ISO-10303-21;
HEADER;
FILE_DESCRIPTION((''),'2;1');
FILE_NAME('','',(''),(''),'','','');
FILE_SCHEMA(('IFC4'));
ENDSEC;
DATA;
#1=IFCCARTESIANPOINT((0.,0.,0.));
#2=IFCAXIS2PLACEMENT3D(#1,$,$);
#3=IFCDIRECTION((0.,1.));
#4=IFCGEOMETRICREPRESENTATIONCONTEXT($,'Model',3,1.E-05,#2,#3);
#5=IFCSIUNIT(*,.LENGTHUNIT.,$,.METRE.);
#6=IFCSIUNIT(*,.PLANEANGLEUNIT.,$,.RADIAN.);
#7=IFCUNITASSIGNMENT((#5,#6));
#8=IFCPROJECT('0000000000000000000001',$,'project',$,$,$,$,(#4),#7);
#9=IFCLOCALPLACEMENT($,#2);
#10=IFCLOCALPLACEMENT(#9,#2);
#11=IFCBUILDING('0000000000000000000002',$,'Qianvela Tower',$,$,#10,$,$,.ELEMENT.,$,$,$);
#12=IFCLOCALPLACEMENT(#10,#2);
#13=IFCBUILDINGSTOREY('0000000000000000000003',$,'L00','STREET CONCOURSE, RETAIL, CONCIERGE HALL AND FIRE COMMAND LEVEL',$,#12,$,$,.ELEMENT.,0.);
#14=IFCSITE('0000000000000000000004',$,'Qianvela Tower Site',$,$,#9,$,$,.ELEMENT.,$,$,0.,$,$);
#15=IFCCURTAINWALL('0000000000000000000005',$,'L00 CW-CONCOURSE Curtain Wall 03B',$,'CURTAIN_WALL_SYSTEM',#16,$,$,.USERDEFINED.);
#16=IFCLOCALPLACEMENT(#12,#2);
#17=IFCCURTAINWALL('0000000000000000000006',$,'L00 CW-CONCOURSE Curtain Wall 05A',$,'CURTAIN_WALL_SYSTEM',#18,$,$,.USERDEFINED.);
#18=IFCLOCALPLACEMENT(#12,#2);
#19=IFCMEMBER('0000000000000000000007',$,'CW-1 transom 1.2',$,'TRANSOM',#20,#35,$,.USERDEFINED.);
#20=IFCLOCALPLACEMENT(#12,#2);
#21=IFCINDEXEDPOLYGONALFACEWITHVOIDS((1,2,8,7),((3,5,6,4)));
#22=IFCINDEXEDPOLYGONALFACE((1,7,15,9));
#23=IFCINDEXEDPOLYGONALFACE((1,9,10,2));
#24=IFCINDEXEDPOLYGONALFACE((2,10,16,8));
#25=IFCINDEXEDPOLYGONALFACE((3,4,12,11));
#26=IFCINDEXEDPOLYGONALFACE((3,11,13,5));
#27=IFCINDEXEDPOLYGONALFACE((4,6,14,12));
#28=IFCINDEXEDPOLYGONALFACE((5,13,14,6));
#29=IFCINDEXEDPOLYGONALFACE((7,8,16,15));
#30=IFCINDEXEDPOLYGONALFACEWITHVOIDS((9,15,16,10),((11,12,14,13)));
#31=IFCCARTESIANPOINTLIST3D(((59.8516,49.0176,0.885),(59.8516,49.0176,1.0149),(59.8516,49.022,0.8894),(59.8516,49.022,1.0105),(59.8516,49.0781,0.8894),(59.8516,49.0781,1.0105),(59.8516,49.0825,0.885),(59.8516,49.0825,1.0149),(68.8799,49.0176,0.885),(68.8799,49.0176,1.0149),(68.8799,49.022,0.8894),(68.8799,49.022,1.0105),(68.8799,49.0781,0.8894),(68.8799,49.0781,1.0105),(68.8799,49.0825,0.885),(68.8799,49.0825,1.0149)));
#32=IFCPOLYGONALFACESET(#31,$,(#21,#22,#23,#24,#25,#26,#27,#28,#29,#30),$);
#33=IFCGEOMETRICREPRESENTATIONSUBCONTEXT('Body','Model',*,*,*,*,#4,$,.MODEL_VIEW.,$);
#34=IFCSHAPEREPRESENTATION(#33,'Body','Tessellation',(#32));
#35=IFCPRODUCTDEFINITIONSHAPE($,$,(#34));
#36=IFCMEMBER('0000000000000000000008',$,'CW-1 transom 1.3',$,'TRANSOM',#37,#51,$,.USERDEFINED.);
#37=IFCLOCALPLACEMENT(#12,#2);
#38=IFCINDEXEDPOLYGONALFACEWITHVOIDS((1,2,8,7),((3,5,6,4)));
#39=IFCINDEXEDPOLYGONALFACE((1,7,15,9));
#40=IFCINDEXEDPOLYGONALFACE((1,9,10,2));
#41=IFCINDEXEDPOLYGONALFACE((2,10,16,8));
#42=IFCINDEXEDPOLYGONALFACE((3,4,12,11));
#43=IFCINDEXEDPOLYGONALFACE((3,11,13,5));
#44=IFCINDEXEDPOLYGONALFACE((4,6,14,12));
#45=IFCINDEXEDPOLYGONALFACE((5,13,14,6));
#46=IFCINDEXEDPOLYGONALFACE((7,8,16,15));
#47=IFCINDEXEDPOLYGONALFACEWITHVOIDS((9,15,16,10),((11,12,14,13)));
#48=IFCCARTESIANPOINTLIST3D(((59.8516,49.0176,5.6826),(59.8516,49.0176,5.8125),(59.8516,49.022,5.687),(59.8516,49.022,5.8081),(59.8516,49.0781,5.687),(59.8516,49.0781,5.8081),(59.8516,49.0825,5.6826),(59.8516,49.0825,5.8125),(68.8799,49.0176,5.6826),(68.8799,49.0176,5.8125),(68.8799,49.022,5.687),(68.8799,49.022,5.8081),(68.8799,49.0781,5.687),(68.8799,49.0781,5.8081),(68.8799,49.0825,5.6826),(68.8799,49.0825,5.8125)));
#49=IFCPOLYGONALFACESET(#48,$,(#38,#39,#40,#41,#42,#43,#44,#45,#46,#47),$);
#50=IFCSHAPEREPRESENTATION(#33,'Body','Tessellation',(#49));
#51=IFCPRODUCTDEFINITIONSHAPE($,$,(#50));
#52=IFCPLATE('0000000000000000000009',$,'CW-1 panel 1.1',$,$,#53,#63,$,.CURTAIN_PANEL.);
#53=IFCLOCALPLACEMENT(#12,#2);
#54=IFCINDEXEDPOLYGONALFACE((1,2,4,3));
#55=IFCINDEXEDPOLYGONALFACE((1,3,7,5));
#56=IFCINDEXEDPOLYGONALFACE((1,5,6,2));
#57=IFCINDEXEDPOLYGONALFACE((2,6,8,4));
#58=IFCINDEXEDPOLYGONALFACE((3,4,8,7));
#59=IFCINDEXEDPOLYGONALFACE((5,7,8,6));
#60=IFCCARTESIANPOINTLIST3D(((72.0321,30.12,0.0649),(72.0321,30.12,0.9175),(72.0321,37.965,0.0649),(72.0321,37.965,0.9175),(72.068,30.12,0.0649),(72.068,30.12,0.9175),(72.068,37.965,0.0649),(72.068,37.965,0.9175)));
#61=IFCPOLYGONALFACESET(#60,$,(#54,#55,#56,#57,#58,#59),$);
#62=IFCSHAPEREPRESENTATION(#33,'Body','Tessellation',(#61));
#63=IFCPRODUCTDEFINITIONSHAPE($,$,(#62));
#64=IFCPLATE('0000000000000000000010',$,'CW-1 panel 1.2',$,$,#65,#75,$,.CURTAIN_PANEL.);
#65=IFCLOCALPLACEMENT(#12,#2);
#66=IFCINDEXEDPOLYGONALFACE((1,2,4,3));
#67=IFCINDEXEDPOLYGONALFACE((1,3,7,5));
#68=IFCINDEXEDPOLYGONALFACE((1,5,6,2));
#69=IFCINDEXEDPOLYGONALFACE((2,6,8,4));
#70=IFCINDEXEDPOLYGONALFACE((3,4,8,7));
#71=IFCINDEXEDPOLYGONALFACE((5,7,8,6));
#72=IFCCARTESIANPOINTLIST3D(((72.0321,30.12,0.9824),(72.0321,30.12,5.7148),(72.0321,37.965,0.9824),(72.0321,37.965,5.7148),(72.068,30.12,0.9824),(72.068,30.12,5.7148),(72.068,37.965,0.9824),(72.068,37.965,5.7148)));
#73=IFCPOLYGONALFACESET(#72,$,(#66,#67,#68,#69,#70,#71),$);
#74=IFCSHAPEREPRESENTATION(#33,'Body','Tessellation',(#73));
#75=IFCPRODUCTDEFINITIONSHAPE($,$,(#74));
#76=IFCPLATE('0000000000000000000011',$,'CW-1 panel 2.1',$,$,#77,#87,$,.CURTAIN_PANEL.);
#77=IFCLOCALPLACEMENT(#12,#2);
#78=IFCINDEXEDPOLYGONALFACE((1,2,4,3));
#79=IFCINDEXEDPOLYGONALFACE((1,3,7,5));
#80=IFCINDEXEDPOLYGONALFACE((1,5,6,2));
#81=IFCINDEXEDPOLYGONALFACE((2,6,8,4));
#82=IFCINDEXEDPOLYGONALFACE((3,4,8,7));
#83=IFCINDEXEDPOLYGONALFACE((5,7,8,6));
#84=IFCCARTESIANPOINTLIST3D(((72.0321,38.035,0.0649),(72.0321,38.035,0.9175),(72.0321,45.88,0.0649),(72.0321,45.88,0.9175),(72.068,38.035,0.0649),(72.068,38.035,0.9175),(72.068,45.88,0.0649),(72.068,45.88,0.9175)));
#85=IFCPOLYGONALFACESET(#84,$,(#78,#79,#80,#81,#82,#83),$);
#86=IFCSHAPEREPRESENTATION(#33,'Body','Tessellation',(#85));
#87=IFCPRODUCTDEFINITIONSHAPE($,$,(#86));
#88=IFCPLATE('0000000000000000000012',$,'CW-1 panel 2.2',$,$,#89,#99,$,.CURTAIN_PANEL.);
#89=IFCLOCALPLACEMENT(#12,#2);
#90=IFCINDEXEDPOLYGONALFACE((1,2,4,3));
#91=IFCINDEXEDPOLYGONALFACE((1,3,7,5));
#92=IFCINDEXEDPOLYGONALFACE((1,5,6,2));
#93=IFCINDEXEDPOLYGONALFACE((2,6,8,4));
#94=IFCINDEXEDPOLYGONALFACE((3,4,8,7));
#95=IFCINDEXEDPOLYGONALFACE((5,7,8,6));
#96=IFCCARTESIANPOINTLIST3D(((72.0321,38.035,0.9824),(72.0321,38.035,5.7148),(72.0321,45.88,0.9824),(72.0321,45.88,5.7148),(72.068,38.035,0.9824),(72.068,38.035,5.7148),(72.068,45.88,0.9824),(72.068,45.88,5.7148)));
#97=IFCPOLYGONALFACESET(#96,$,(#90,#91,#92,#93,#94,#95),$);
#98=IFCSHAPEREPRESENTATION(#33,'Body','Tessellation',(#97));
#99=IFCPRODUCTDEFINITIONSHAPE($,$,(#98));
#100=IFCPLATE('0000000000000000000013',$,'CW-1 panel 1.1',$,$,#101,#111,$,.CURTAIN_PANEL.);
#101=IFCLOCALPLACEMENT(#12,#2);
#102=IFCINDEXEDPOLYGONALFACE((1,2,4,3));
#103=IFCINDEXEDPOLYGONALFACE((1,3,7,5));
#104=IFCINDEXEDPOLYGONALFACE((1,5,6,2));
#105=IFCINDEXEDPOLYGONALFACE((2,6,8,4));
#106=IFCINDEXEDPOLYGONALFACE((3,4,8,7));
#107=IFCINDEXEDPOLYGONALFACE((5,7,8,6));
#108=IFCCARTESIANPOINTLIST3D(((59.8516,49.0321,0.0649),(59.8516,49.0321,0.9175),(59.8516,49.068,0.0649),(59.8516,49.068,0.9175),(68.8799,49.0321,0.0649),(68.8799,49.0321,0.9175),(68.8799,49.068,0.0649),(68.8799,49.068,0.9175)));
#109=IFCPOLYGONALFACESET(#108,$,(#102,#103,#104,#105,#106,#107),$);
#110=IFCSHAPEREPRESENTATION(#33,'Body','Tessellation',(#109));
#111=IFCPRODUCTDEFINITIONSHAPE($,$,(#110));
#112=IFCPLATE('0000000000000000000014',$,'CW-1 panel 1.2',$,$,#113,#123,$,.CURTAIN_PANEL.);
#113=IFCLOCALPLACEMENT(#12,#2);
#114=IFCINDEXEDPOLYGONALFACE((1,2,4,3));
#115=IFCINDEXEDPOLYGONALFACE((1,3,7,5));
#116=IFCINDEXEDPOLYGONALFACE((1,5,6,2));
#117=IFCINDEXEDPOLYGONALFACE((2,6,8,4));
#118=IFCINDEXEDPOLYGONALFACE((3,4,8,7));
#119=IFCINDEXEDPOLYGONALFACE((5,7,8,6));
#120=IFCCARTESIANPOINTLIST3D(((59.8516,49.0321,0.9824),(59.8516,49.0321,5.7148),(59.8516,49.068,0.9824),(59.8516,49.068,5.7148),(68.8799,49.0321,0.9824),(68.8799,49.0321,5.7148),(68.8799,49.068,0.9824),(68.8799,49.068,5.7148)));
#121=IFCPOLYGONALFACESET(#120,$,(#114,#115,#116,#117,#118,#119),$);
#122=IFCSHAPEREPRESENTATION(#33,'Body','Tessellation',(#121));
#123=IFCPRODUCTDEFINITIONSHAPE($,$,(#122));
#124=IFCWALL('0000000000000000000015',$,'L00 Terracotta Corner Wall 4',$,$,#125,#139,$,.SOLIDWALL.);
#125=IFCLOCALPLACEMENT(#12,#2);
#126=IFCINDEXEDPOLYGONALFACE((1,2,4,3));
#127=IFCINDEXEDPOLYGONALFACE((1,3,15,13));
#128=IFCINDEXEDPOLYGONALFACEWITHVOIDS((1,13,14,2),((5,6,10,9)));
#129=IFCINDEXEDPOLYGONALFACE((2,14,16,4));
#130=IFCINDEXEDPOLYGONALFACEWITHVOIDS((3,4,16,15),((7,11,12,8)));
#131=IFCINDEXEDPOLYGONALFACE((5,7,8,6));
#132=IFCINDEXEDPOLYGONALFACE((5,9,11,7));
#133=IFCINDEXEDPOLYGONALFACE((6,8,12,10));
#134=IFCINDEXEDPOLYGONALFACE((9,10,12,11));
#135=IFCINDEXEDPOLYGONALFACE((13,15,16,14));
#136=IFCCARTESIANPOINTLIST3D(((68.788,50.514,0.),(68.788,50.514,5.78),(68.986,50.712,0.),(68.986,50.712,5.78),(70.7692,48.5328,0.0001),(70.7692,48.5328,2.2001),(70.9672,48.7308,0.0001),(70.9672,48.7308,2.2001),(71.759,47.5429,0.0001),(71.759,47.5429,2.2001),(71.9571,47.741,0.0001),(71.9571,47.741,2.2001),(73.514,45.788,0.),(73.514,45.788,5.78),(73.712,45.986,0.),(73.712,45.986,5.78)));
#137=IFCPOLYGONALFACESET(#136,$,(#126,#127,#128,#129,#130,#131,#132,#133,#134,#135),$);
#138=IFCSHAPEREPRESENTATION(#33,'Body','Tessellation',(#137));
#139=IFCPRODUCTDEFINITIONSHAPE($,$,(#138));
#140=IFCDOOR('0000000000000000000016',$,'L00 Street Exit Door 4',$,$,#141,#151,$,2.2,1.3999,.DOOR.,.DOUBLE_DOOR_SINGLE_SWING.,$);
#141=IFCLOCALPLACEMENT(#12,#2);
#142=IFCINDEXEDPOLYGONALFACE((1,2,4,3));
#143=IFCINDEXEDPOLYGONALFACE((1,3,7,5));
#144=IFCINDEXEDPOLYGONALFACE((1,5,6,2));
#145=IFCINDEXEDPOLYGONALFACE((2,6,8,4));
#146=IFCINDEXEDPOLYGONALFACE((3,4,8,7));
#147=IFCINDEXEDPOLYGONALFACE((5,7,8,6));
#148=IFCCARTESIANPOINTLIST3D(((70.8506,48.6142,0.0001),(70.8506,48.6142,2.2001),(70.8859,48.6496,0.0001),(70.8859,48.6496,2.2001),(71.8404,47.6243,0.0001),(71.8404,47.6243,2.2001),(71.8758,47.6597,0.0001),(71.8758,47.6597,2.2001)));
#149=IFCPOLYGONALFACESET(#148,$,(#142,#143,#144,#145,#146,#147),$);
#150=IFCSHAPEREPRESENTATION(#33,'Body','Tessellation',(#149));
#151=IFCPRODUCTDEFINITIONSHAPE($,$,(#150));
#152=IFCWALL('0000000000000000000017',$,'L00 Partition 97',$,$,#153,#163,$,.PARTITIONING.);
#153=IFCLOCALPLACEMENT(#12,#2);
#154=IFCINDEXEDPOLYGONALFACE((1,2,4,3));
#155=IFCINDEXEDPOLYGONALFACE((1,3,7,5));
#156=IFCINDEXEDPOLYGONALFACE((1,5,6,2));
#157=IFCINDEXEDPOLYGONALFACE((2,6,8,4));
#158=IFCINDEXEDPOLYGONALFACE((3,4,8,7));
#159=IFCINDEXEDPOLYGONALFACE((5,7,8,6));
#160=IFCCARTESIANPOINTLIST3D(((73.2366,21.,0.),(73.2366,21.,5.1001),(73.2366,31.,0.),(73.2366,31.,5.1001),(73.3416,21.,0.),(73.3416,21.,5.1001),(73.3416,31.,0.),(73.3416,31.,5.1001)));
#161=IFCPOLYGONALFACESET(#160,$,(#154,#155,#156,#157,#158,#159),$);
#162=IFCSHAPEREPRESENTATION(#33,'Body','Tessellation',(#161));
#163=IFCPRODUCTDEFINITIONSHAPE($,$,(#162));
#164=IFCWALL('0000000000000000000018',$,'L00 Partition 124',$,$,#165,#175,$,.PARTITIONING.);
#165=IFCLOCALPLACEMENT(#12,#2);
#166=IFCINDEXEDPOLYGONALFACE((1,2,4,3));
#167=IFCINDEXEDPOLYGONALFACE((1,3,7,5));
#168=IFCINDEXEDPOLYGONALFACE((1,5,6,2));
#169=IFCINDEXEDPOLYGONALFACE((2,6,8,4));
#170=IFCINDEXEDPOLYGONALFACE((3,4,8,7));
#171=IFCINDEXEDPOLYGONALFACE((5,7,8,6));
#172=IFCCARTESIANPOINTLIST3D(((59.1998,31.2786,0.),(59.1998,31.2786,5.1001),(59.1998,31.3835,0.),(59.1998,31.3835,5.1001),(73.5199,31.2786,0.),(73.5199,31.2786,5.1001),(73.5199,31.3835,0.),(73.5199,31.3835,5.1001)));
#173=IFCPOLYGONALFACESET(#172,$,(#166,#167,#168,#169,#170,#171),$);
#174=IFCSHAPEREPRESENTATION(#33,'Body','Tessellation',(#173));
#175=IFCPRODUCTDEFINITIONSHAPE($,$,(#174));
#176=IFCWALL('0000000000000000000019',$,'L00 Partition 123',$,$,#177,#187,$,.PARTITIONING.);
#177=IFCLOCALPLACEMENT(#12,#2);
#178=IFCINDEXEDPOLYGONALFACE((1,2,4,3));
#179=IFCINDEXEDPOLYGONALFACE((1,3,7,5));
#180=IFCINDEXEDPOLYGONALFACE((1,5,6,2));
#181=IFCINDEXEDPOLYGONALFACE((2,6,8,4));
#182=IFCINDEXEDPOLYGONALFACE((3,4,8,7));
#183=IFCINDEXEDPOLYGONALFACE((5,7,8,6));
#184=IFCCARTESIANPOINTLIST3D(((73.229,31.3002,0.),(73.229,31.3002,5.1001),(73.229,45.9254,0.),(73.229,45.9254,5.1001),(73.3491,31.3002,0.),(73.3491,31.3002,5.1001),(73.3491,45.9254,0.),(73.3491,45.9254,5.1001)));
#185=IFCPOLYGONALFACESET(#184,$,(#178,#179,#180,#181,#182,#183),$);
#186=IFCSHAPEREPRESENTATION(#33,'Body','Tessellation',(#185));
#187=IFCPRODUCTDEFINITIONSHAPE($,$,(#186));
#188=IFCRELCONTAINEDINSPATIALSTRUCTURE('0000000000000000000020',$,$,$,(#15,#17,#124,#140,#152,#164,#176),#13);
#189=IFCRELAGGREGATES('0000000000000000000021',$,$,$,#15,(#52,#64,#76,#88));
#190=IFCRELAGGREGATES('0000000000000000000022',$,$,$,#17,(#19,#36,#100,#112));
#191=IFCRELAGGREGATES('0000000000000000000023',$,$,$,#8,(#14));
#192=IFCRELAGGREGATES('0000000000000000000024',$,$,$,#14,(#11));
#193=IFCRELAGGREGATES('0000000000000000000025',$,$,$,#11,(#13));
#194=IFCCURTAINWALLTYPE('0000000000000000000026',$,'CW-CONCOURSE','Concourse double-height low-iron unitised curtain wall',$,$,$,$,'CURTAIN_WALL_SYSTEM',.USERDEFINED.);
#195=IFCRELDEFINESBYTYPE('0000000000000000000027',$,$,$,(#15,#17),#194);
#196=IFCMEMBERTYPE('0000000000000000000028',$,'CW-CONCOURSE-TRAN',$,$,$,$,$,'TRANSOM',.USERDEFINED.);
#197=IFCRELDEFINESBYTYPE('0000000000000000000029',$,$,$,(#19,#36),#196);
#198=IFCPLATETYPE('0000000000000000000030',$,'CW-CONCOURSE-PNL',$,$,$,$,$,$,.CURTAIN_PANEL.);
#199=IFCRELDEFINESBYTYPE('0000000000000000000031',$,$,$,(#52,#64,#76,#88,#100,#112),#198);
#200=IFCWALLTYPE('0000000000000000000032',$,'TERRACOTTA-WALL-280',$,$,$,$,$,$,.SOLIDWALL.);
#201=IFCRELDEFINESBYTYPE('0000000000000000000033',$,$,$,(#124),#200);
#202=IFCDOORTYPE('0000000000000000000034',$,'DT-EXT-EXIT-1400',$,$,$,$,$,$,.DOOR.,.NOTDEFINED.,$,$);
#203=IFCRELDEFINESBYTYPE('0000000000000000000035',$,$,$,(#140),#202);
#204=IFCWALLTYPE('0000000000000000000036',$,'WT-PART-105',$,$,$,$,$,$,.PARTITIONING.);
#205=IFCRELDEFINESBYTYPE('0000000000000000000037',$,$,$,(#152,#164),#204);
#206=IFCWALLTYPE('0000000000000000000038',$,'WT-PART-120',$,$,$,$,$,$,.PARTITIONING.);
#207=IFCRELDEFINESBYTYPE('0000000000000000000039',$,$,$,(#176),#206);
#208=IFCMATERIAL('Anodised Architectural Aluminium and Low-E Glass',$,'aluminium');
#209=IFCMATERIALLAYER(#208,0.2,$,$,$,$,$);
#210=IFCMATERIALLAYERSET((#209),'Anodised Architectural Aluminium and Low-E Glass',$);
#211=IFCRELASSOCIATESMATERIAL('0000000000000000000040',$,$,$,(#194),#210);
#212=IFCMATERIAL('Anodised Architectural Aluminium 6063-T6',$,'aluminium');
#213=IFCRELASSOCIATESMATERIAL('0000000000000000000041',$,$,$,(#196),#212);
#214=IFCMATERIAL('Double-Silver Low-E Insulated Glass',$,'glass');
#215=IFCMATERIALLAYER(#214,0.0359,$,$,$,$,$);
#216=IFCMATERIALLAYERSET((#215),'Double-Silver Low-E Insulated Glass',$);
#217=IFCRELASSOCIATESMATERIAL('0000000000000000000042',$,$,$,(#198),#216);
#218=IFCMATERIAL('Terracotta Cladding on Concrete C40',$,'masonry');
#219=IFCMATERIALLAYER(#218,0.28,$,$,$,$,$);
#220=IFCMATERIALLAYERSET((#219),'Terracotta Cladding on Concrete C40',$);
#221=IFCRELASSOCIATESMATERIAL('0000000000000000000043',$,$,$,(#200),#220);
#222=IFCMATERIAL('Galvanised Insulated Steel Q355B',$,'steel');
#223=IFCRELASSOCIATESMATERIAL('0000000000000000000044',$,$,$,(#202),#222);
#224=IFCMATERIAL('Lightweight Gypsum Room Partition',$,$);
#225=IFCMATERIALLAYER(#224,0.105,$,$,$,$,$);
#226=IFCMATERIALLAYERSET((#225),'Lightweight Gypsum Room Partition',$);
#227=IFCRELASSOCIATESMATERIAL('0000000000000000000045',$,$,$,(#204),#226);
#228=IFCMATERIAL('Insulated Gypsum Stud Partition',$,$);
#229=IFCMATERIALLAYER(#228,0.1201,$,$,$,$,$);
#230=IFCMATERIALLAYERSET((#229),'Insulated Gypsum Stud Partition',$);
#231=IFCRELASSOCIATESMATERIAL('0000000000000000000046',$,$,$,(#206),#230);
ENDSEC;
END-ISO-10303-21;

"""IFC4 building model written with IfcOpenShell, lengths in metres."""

from ifc_helpers import new_model, si_unit, direction, frame, frame_2d, origin, origin_2d, place, context, subcontext, project, spatial, rectangle, hollow_rectangle, extrude, material, layer, layer_set, material_profile, profile_set, type_object, element, fill, aggregate, save


model = new_model("IFC4")

# Units and contexts
model_context = context("Model", 3, precision=1e-05, world=origin(), true_north=direction((0.0, 1.0)))
body_context = subcontext(model_context, "Body", "Model", "MODEL_VIEW")
ifc_project = project(units=[si_unit("LENGTHUNIT", "METRE"), si_unit("PLANEANGLEUNIT", "RADIAN")], contexts=[model_context])

# Site, building, storey
site_placement = place(None, origin())
site = spatial("IfcSite", under=ifc_project, at=site_placement, Name="Qianvela Tower Site", CompositionType="ELEMENT", RefElevation=0.0)
building_placement = place(site_placement, origin())
building = spatial("IfcBuilding", under=site, at=building_placement, Name="Qianvela Tower", CompositionType="ELEMENT")
storey_placement = place(building_placement, origin())
storey = spatial("IfcBuildingStorey", under=building, at=storey_placement, Name="L00", Description="STREET CONCOURSE, RETAIL, CONCIERGE HALL AND FIRE COMMAND LEVEL", CompositionType="ELEMENT", Elevation=0.0)

# Curtain wall
ifc_material_1 = material(Name="Anodised Architectural Aluminium and Low-E Glass", Category="aluminium")
ifc_layer_1 = layer(ifc_material_1, 0.2)
ifc_layer_set_1 = layer_set([ifc_layer_1], Name="Anodised Architectural Aluminium and Low-E Glass")
curtain_wall_type = type_object("IfcCurtainWallType", Name="CW-CONCOURSE", Description="Concourse double-height low-iron unitised curtain wall", ElementType="CURTAIN_WALL_SYSTEM", PredefinedType="USERDEFINED", material=ifc_layer_set_1)
curtain_wall_1_placement = place(storey_placement, origin())
curtain_wall_1 = element("IfcCurtainWall", 1, at=curtain_wall_1_placement, inside=storey, type_object=curtain_wall_type, Name="L00 CW-CONCOURSE Curtain Wall 03B", ObjectType="CURTAIN_WALL_SYSTEM", PredefinedType="USERDEFINED")

# Curtain wall
curtain_wall_2_placement = place(storey_placement, origin())
curtain_wall_2 = element("IfcCurtainWall", 2, at=curtain_wall_2_placement, inside=storey, type_object=curtain_wall_type, Name="L00 CW-CONCOURSE Curtain Wall 05A", ObjectType="CURTAIN_WALL_SYSTEM", PredefinedType="USERDEFINED")

# Members
ifc_material_2 = material(Name="Anodised Architectural Aluminium 6063-T6", Category="aluminium")
ifc_material_profile_1 = material_profile(ifc_material_2, hollow_rectangle(XDim=0.0649, YDim=0.1299, WallThickness=0.0044, at=origin_2d()), Name="ALU-TRAN-65x130")
ifc_profile_set_1 = profile_set([ifc_material_profile_1], Name="Anodised Architectural Aluminium 6063-T6")
member_type_1 = type_object("IfcMemberType", Name="CW-CONCOURSE-TRAN", ElementType="TRANSOM", PredefinedType="USERDEFINED", material=ifc_profile_set_1)
member_1_placement = place(storey_placement, frame((68.8799, 49.05, 0.95), z_axis=(-1.0, 0.0, 0.0), x_axis=(0.0, -1.0, 0.0)))
member_1 = element("IfcMember", 3, at=member_1_placement, type_object=member_type_1, Name="CW-1 transom 1.2", ObjectType="TRANSOM", PredefinedType="USERDEFINED", context=body_context, shape_type="SweptSolid", body=[
    extrude(hollow_rectangle(XDim=0.0649, YDim=0.1299, WallThickness=0.0044, at=origin_2d()), origin(), (0.0, 0.0, 1.0), 9.0283),
])
member_2_placement = place(storey_placement, frame((68.8799, 49.05, 5.7476), z_axis=(-1.0, 0.0, 0.0), x_axis=(0.0, -1.0, 0.0)))
member_2 = element("IfcMember", 4, at=member_2_placement, type_object=member_type_1, Name="CW-1 transom 1.3", ObjectType="TRANSOM", PredefinedType="USERDEFINED", context=body_context, shape_type="SweptSolid", body=[
    extrude(hollow_rectangle(XDim=0.0649, YDim=0.1299, WallThickness=0.0044, at=origin_2d()), origin(), (0.0, 0.0, 1.0), 9.0283),
])

# Plates
ifc_material_3 = material(Name="Double-Silver Low-E Insulated Glass", Category="glass")
ifc_layer_2 = layer(ifc_material_3, 0.0359)
ifc_layer_set_2 = layer_set([ifc_layer_2], Name="Double-Silver Low-E Insulated Glass")
plate_type = type_object("IfcPlateType", Name="CW-CONCOURSE-PNL", PredefinedType="CURTAIN_PANEL", material=ifc_layer_set_2)
plate_1_placement = place(storey_placement, frame((72.05, 34.0425, 0.0649), z_axis=(0.0, 0.0, 1.0), x_axis=(0.0, 1.0, 0.0)))
plate_1 = element("IfcPlate", 5, at=plate_1_placement, type_object=plate_type, Name="CW-1 panel 1.1", PredefinedType="CURTAIN_PANEL", context=body_context, shape_type="SweptSolid", body=[
    extrude(rectangle(XDim=7.845, YDim=0.0359, at=origin_2d()), origin(), (0.0, 0.0, 1.0), 0.8525),
])
plate_2_placement = place(storey_placement, frame((72.05, 34.0425, 0.9824), z_axis=(0.0, 0.0, 1.0), x_axis=(0.0, 1.0, 0.0)))
plate_2 = element("IfcPlate", 6, at=plate_2_placement, type_object=plate_type, Name="CW-1 panel 1.2", PredefinedType="CURTAIN_PANEL", context=body_context, shape_type="SweptSolid", body=[
    extrude(rectangle(XDim=7.845, YDim=0.0359, at=origin_2d()), origin(), (0.0, 0.0, 1.0), 4.7324),
])
plate_3_placement = place(storey_placement, frame((72.05, 41.9575, 0.0649), z_axis=(0.0, 0.0, 1.0), x_axis=(0.0, 1.0, 0.0)))
plate_3 = element("IfcPlate", 7, at=plate_3_placement, type_object=plate_type, Name="CW-1 panel 2.1", PredefinedType="CURTAIN_PANEL", context=body_context, shape_type="SweptSolid", body=[
    extrude(rectangle(XDim=7.845, YDim=0.0359, at=origin_2d()), origin(), (0.0, 0.0, 1.0), 0.8525),
])
plate_4_placement = place(storey_placement, frame((72.05, 41.9575, 0.9824), z_axis=(0.0, 0.0, 1.0), x_axis=(0.0, 1.0, 0.0)))
plate_4 = element("IfcPlate", 8, at=plate_4_placement, type_object=plate_type, Name="CW-1 panel 2.2", PredefinedType="CURTAIN_PANEL", context=body_context, shape_type="SweptSolid", body=[
    extrude(rectangle(XDim=7.845, YDim=0.0359, at=origin_2d()), origin(), (0.0, 0.0, 1.0), 4.7324),
])
aggregate(curtain_wall_1, [plate_1, plate_2, plate_3, plate_4])
plate_5_placement = place(storey_placement, frame((64.3657, 49.05, 0.0649), z_axis=(0.0, 0.0, 1.0), x_axis=(-1.0, 0.0, 0.0)))
plate_5 = element("IfcPlate", 9, at=plate_5_placement, type_object=plate_type, Name="CW-1 panel 1.1", PredefinedType="CURTAIN_PANEL", context=body_context, shape_type="SweptSolid", body=[
    extrude(rectangle(XDim=9.0283, YDim=0.0359, at=origin_2d()), origin(), (0.0, 0.0, 1.0), 0.8525),
])
plate_6_placement = place(storey_placement, frame((64.3657, 49.05, 0.9824), z_axis=(0.0, 0.0, 1.0), x_axis=(-1.0, 0.0, 0.0)))
plate_6 = element("IfcPlate", 10, at=plate_6_placement, type_object=plate_type, Name="CW-1 panel 1.2", PredefinedType="CURTAIN_PANEL", context=body_context, shape_type="SweptSolid", body=[
    extrude(rectangle(XDim=9.0283, YDim=0.0359, at=origin_2d()), origin(), (0.0, 0.0, 1.0), 4.7324),
])
aggregate(curtain_wall_2, [member_1, member_2, plate_5, plate_6])

# Wall, opening, door
ifc_material_4 = material(Name="Terracotta Cladding on Concrete C40", Category="masonry")
ifc_layer_3 = layer(ifc_material_4, 0.28)
ifc_layer_set_3 = layer_set([ifc_layer_3], Name="Terracotta Cladding on Concrete C40")
wall_type_1 = type_object("IfcWallType", Name="TERRACOTTA-WALL-280", PredefinedType="SOLIDWALL", material=ifc_layer_set_3)
wall_1_placement = place(storey_placement, frame((73.613, 45.887, 0.0), z_axis=(0.0, 0.0, 1.0), x_axis=(-0.707107, 0.707107, 0.0)))
wall_1 = element("IfcWall", 11, at=wall_1_placement, inside=storey, type_object=wall_type_1, Name="L00 Terracotta Corner Wall 4", PredefinedType="SOLIDWALL", context=body_context, shape_type="SweptSolid", body=[
    extrude(rectangle(XDim=6.6836, YDim=0.28, at=frame_2d((3.3418, 0.0))), origin(), (0.0, 0.0, 1.0), 5.78),
])
opening_placement = place(wall_1_placement, frame((2.4819, 0.0, 0.0)))
opening = element("IfcOpeningElement", 12, at=opening_placement, cuts=wall_1, PredefinedType="OPENING", context=body_context, shape_type="SweptSolid", body=[
    extrude(rectangle(XDim=1.3999, YDim=2.2, at=frame_2d((0.7, 1.1001))), frame((0.0, 0.1499, 0.0), z_axis=(0.0, -1.0, 0.0), x_axis=(1.0, 0.0, 0.0)), (0.0, 0.0, 1.0), 0.3),
])
ifc_material_5 = material(Name="Galvanised Insulated Steel Q355B", Category="steel")
door_type = type_object("IfcDoorType", Name="DT-EXT-EXIT-1400", OperationType="NOTDEFINED", PredefinedType="DOOR", material=ifc_material_5)
door_placement = place(opening_placement, origin())
door = element("IfcDoor", 13, at=door_placement, inside=storey, type_object=door_type, Name="L00 Street Exit Door 4", OperationType="DOUBLE_DOOR_SINGLE_SWING", OverallHeight=2.2, OverallWidth=1.3999, PredefinedType="DOOR", context=body_context, shape_type="SweptSolid", body=[
    extrude(rectangle(XDim=1.3999, YDim=2.2, at=frame_2d((0.7, 1.1001))), frame((0.0, 0.0249, 0.0), z_axis=(0.0, -1.0, 0.0), x_axis=(1.0, 0.0, 0.0)), (0.0, 0.0, 1.0), 0.05),
])
fill(opening, door)

# Walls
ifc_material_6 = material(Name="Lightweight Gypsum Room Partition")
ifc_layer_4 = layer(ifc_material_6, 0.105)
ifc_layer_set_4 = layer_set([ifc_layer_4], Name="Lightweight Gypsum Room Partition")
wall_type_2 = type_object("IfcWallType", Name="WT-PART-105", PredefinedType="PARTITIONING", material=ifc_layer_set_4)
wall_2_placement = place(storey_placement, frame((73.2891, 31.0, 0.0), z_axis=(0.0, 0.0, 1.0), x_axis=(0.0, -1.0, 0.0)))
element("IfcWall", 14, at=wall_2_placement, inside=storey, type_object=wall_type_2, Name="L00 Partition 97", PredefinedType="PARTITIONING", context=body_context, shape_type="SweptSolid", body=[
    extrude(rectangle(XDim=10.0, YDim=0.105, at=frame_2d((5.0, 0.0))), origin(), (0.0, 0.0, 1.0), 5.1001),
])
wall_3_placement = place(storey_placement, frame((73.52, 31.3311, 0.0), z_axis=(0.0, 0.0, 1.0), x_axis=(-1.0, 0.0, 0.0)))
element("IfcWall", 15, at=wall_3_placement, inside=storey, type_object=wall_type_2, Name="L00 Partition 124", PredefinedType="PARTITIONING", context=body_context, shape_type="SweptSolid", body=[
    extrude(rectangle(XDim=14.3201, YDim=0.105, at=frame_2d((7.1602, 0.0))), origin(), (0.0, 0.0, 1.0), 5.1001),
])
ifc_material_7 = material(Name="Insulated Gypsum Stud Partition")
ifc_layer_5 = layer(ifc_material_7, 0.1201)
ifc_layer_set_5 = layer_set([ifc_layer_5], Name="Insulated Gypsum Stud Partition")
wall_type_3 = type_object("IfcWallType", Name="WT-PART-120", PredefinedType="PARTITIONING", material=ifc_layer_set_5)
wall_4_placement = place(storey_placement, frame((73.2891, 45.9253, 0.0), z_axis=(0.0, 0.0, 1.0), x_axis=(0.0, -1.0, 0.0)))
element("IfcWall", 16, at=wall_4_placement, inside=storey, type_object=wall_type_3, Name="L00 Partition 123", PredefinedType="PARTITIONING", context=body_context, shape_type="SweptSolid", body=[
    extrude(rectangle(XDim=14.6252, YDim=0.1201, at=frame_2d((7.3125, 0.0))), origin(), (0.0, 0.0, 1.0), 5.1001),
])

save(model, "model.ifc")
